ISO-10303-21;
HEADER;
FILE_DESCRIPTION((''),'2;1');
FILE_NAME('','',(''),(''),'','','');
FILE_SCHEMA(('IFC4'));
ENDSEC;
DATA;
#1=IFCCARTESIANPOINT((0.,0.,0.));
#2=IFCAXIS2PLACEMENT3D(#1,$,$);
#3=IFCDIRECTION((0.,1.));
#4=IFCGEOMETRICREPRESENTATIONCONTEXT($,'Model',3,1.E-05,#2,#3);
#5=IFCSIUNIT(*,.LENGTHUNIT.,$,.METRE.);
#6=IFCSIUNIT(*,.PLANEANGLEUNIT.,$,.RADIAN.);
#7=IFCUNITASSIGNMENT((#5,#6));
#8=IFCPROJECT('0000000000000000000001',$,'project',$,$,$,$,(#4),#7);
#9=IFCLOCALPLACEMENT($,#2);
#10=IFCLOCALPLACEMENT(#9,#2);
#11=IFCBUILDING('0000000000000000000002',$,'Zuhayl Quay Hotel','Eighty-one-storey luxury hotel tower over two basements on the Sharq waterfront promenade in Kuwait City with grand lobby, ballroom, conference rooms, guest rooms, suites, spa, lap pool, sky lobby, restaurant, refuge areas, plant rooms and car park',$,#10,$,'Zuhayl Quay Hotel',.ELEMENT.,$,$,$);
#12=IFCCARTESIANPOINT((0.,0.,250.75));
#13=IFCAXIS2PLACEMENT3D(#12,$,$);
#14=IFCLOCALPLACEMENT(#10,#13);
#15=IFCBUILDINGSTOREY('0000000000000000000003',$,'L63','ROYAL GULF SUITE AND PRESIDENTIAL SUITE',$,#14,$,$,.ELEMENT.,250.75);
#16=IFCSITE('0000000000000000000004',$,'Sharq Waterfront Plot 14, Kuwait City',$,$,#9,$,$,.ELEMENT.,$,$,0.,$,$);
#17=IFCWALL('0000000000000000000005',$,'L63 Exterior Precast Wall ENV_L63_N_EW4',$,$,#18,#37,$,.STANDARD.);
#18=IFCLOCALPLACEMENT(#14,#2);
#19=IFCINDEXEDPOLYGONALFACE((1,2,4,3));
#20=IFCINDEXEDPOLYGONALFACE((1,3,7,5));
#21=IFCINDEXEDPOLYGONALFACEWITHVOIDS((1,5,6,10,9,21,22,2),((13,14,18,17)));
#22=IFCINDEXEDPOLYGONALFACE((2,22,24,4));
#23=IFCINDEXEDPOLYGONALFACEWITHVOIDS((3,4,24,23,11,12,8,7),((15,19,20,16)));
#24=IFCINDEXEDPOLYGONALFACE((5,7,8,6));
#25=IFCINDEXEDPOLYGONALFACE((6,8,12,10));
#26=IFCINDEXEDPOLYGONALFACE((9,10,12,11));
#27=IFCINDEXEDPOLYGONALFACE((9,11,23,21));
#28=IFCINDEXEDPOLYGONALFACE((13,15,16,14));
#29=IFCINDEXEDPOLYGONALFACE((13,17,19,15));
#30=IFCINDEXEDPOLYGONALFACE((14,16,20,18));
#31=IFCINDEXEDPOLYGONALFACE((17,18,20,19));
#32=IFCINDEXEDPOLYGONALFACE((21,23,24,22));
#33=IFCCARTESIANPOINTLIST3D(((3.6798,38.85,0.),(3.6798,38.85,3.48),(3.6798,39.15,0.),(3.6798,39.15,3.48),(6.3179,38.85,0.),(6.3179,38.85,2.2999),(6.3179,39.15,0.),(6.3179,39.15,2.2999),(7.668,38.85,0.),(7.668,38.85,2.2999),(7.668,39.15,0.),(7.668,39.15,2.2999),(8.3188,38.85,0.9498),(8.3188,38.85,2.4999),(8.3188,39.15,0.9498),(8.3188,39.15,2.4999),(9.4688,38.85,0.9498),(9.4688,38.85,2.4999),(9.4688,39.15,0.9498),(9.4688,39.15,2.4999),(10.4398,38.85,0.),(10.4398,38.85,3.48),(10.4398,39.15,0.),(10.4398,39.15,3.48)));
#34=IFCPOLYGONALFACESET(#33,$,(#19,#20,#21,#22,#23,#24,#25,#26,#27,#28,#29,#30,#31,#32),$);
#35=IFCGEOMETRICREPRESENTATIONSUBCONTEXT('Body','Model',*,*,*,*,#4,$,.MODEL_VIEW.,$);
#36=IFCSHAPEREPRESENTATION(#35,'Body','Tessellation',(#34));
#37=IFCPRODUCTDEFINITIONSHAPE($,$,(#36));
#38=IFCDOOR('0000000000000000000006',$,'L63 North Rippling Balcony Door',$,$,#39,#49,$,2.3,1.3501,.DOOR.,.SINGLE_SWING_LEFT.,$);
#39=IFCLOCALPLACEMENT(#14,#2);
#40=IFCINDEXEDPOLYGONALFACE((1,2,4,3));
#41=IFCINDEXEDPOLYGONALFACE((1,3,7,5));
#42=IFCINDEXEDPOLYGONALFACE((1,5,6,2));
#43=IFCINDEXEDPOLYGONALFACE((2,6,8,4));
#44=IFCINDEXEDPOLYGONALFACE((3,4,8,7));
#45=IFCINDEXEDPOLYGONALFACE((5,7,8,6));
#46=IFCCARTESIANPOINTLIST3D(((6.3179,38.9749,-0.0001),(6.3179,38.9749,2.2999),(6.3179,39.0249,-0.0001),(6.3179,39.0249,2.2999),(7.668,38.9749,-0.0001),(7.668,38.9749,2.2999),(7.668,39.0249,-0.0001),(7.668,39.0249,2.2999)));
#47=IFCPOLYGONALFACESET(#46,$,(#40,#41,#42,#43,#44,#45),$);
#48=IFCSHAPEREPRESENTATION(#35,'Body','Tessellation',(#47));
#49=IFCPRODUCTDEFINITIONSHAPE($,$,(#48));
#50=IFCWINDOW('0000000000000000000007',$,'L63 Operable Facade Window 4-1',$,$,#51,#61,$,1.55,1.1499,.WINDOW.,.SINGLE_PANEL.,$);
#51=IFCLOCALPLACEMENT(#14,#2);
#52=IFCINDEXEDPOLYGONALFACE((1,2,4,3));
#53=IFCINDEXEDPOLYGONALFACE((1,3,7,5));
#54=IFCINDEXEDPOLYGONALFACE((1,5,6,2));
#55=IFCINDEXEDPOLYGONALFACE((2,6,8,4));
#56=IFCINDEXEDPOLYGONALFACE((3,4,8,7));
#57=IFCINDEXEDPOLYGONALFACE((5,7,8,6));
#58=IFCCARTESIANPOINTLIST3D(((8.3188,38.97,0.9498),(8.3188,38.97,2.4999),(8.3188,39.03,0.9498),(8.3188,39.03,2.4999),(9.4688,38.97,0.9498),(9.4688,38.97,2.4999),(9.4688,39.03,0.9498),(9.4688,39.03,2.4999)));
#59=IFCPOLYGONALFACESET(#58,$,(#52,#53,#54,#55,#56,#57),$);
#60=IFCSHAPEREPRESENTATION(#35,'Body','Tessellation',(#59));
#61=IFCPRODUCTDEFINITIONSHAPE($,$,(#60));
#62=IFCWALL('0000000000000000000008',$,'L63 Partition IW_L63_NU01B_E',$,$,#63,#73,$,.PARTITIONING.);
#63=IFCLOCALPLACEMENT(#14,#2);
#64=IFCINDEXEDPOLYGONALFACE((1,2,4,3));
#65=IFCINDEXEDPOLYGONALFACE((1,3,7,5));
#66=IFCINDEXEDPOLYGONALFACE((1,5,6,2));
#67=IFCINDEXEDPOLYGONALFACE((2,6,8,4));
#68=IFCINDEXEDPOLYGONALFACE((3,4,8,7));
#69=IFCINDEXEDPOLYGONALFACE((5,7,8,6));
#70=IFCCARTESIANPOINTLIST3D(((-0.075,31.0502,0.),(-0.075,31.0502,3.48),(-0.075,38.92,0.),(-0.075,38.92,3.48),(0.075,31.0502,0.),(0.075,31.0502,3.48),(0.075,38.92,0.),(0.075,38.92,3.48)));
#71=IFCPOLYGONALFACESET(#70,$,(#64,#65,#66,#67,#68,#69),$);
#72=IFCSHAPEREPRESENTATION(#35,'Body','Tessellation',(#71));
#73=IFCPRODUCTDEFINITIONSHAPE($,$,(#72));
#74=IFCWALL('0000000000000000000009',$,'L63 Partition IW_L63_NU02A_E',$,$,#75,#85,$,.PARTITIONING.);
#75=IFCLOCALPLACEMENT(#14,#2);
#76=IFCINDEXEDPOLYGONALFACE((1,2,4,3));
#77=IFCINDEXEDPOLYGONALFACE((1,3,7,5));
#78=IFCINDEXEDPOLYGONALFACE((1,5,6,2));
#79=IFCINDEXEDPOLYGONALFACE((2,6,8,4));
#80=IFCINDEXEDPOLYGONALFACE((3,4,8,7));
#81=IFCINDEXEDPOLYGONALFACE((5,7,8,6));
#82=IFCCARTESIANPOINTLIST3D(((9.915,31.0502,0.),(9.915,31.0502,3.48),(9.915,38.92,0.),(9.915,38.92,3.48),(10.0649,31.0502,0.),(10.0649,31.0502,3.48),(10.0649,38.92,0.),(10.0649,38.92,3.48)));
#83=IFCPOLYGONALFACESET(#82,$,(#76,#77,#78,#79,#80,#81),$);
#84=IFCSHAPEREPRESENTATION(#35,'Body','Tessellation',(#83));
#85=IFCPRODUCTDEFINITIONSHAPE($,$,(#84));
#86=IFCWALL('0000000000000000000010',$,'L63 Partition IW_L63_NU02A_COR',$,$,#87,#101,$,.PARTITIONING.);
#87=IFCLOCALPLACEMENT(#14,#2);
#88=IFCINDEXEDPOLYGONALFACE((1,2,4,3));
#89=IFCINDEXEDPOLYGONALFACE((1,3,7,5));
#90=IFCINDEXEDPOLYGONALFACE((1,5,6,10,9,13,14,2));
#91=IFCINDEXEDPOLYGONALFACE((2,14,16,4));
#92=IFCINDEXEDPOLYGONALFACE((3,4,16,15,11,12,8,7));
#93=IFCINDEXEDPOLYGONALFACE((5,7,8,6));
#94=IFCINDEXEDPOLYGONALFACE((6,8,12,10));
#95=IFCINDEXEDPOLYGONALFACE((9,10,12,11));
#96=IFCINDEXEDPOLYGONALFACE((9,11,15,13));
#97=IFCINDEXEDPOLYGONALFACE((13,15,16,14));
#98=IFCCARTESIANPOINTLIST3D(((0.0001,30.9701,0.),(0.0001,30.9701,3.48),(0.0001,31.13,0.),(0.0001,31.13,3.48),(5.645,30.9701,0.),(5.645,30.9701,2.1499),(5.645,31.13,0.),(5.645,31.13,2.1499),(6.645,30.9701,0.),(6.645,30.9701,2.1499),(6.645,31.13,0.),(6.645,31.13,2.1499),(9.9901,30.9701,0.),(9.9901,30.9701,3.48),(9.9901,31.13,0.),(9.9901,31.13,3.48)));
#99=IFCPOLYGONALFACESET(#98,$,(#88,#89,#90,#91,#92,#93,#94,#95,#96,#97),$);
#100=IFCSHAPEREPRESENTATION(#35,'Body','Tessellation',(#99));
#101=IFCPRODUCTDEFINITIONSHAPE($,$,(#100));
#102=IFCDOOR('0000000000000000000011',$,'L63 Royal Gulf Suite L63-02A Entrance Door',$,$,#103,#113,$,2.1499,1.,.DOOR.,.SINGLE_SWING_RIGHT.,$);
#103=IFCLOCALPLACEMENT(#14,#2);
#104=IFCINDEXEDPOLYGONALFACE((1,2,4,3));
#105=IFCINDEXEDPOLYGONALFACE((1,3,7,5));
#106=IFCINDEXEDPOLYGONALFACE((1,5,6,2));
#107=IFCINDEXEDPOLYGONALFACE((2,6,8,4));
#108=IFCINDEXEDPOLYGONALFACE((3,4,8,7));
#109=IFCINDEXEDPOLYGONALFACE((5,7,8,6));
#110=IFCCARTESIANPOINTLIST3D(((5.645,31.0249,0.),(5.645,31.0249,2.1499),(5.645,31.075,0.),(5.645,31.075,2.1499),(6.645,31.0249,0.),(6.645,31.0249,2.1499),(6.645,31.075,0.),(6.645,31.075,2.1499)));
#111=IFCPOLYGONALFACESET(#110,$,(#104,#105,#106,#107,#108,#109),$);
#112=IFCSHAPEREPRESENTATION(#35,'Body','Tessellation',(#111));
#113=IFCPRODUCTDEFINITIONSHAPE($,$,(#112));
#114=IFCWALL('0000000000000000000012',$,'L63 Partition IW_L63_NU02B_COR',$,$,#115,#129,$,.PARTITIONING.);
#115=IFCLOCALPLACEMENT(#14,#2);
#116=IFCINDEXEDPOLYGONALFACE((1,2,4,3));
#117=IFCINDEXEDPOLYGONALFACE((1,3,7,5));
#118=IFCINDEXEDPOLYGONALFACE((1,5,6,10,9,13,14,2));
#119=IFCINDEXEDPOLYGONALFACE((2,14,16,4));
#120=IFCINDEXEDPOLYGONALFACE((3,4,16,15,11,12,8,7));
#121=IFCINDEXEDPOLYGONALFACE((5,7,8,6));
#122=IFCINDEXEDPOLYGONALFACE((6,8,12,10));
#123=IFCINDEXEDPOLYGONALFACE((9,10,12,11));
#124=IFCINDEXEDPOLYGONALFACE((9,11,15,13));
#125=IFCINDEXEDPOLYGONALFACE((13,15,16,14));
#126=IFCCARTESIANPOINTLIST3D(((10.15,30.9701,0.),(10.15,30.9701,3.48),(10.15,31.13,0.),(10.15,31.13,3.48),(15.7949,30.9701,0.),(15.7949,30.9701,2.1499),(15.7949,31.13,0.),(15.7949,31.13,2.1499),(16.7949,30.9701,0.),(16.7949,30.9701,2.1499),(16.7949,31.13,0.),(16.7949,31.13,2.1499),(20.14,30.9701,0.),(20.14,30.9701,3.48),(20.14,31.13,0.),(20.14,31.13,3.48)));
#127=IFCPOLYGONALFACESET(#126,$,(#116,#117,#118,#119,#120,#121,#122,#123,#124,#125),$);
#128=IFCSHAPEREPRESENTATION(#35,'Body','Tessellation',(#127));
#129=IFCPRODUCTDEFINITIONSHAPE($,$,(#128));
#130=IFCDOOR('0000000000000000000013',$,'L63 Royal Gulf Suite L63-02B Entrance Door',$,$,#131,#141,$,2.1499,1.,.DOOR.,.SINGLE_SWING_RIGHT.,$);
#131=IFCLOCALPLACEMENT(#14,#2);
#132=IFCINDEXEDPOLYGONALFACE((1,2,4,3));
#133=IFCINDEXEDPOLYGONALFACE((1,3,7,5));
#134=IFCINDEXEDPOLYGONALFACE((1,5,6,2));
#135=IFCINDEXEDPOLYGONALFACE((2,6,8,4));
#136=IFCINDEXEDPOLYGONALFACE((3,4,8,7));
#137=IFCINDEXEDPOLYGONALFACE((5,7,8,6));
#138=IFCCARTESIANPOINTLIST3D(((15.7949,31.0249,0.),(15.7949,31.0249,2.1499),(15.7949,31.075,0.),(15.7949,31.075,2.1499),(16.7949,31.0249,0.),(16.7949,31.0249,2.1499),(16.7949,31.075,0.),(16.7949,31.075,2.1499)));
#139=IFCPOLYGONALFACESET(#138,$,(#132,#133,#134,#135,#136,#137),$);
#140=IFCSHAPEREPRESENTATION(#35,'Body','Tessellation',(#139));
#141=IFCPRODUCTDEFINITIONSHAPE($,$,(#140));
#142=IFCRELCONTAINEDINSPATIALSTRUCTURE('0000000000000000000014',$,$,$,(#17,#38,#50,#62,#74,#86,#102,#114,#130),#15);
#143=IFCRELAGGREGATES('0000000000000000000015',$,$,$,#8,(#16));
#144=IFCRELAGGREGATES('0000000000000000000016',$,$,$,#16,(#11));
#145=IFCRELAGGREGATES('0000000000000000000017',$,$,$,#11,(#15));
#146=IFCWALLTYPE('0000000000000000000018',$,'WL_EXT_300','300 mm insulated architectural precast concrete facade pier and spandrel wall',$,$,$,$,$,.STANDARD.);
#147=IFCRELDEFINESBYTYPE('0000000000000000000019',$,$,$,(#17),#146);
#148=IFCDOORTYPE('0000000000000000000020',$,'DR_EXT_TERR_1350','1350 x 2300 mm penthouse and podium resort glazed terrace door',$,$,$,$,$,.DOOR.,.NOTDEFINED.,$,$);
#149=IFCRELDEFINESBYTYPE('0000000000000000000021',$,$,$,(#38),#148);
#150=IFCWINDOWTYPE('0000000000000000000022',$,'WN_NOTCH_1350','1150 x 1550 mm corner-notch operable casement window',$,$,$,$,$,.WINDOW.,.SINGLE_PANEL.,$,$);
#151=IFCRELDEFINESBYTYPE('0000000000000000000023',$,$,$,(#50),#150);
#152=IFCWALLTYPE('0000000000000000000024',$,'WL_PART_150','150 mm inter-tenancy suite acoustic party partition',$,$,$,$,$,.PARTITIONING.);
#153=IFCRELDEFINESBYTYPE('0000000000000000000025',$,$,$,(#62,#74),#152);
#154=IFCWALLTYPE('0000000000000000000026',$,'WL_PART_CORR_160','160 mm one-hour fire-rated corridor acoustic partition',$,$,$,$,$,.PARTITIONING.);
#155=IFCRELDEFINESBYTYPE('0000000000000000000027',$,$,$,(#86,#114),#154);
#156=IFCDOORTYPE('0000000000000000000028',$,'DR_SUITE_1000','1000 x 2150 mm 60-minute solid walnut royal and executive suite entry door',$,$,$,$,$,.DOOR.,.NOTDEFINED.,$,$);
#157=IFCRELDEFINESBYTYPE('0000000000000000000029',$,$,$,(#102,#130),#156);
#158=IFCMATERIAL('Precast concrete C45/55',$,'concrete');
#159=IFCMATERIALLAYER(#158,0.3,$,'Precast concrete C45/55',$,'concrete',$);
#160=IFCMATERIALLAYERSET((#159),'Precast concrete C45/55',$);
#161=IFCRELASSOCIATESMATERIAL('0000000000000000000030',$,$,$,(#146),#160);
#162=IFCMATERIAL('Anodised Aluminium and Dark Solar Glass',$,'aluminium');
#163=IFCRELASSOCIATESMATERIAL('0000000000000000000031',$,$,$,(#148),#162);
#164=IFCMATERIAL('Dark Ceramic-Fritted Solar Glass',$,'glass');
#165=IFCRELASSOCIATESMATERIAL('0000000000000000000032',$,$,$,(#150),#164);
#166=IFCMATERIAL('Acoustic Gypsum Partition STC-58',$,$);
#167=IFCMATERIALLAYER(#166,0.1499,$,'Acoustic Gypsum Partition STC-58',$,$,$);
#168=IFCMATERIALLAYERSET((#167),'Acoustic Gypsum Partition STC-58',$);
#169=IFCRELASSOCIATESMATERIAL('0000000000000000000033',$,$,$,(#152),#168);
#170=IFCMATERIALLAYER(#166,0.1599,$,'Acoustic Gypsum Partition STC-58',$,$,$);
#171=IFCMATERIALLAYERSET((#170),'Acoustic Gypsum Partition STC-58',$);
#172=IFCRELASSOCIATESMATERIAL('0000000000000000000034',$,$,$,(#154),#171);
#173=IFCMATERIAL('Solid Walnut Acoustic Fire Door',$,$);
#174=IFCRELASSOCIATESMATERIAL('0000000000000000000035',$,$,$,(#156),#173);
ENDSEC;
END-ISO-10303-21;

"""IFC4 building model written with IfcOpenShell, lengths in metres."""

from ifc_helpers import new_model, si_unit, direction, frame, frame_2d, origin, place, context, subcontext, project, spatial, rectangle, extrude, material, layer, layer_set, type_object, element, fill, save


model = new_model("IFC4")

# Units and contexts
model_context = context("Model", 3, precision=1e-05, world=origin(), true_north=direction((0.0, 1.0)))
body_context = subcontext(model_context, "Body", "Model", "MODEL_VIEW")
ifc_project = project(units=[si_unit("LENGTHUNIT", "METRE"), si_unit("PLANEANGLEUNIT", "RADIAN")], contexts=[model_context])

# Site, building, storey
site_placement = place(None, origin())
site = spatial("IfcSite", under=ifc_project, at=site_placement, Name="Sharq Waterfront Plot 14, Kuwait City", CompositionType="ELEMENT", RefElevation=0.0)
building_placement = place(site_placement, origin())
building = spatial("IfcBuilding", under=site, at=building_placement, Name="Zuhayl Quay Hotel", Description="Eighty-one-storey luxury hotel tower over two basements on the Sharq waterfront promenade in Kuwait City with grand lobby, ballroom, conference rooms, guest rooms, suites, spa, lap pool, sky lobby, restaurant, refuge areas, plant rooms and car park", LongName="Zuhayl Quay Hotel", CompositionType="ELEMENT")
storey_placement = place(building_placement, frame((0.0, 0.0, 250.75)))
storey = spatial("IfcBuildingStorey", under=building, at=storey_placement, Name="L63", Description="ROYAL GULF SUITE AND PRESIDENTIAL SUITE", CompositionType="ELEMENT", Elevation=250.75)

# Shared definitions
ifc_material_1 = material(Name="Dark Ceramic-Fritted Solar Glass", Category="glass")

# Wall, openings, door, window
ifc_material_2 = material(Name="Precast concrete C45/55", Category="concrete")
ifc_layer_1 = layer(ifc_material_2, 0.3, Name="Precast concrete C45/55", Category="concrete")
ifc_layer_set_1 = layer_set([ifc_layer_1], Name="Precast concrete C45/55")
wall_type_1 = type_object("IfcWallType", Name="WL_EXT_300", Description="300 mm insulated architectural precast concrete facade pier and spandrel wall", PredefinedType="STANDARD", material=ifc_layer_set_1)
wall_1_placement = place(storey_placement, frame((3.6799, 39.0, 0.0), z_axis=(0.0, 0.0, 1.0), x_axis=(1.0, 0.0, 0.0)))
wall_1 = element("IfcWall", 1, at=wall_1_placement, inside=storey, type_object=wall_type_1, Name="L63 Exterior Precast Wall ENV_L63_N_EW4", PredefinedType="STANDARD", context=body_context, shape_type="SweptSolid", body=[
    extrude(rectangle(XDim=6.76, YDim=0.3, at=frame_2d((3.3799, 0.0))), origin(), (0.0, 0.0, 1.0), 3.48),
])
opening_1_placement = place(wall_1_placement, frame((2.6379, 0.0, 0.0)))
opening_1 = element("IfcOpeningElement", 2, at=opening_1_placement, cuts=wall_1, PredefinedType="OPENING", context=body_context, shape_type="SweptSolid", body=[
    extrude(rectangle(XDim=1.3501, YDim=2.3, at=frame_2d((0.675, 1.1499))), frame((0.0, 0.1599, 0.0), z_axis=(0.0, -1.0, 0.0), x_axis=(1.0, 0.0, 0.0)), (0.0, 0.0, 1.0), 0.3201),
])
opening_2_placement = place(wall_1_placement, frame((4.6389, 0.0, 0.95)))
opening_2 = element("IfcOpeningElement", 3, at=opening_2_placement, cuts=wall_1, PredefinedType="OPENING", context=body_context, shape_type="SweptSolid", body=[
    extrude(rectangle(XDim=1.1499, YDim=1.55, at=frame_2d((0.575, 0.7749))), frame((0.0, 0.1599, 0.0), z_axis=(0.0, -1.0, 0.0), x_axis=(1.0, 0.0, 0.0)), (0.0, 0.0, 1.0), 0.3201),
])
ifc_material_3 = material(Name="Anodised Aluminium and Dark Solar Glass", Category="aluminium")
door_type_1 = type_object("IfcDoorType", Name="DR_EXT_TERR_1350", Description="1350 x 2300 mm penthouse and podium resort glazed terrace door", OperationType="NOTDEFINED", PredefinedType="DOOR", material=ifc_material_3)
door_1_placement = place(opening_1_placement, origin())
door_1 = element("IfcDoor", 4, at=door_1_placement, inside=storey, type_object=door_type_1, Name="L63 North Rippling Balcony Door", OperationType="SINGLE_SWING_LEFT", OverallHeight=2.3, OverallWidth=1.3501, PredefinedType="DOOR", context=body_context, shape_type="SweptSolid", body=[
    extrude(rectangle(XDim=1.3501, YDim=2.3, at=frame_2d((0.675, 1.1499))), frame((0.0, 0.0249, 0.0), z_axis=(0.0, -1.0, 0.0), x_axis=(1.0, 0.0, 0.0)), (0.0, 0.0, 1.0), 0.05),
])
fill(opening_1, door_1)
window_type = type_object("IfcWindowType", Name="WN_NOTCH_1350", Description="1150 x 1550 mm corner-notch operable casement window", PartitioningType="SINGLE_PANEL", PredefinedType="WINDOW", material=ifc_material_1)
window_placement = place(opening_2_placement, origin())
window = element("IfcWindow", 5, at=window_placement, inside=storey, type_object=window_type, Name="L63 Operable Facade Window 4-1", OverallHeight=1.55, OverallWidth=1.1499, PartitioningType="SINGLE_PANEL", PredefinedType="WINDOW", context=body_context, shape_type="SweptSolid", body=[
    extrude(rectangle(XDim=1.1499, YDim=1.55, at=frame_2d((0.575, 0.7749))), frame((0.0, 0.03, 0.0), z_axis=(0.0, -1.0, 0.0), x_axis=(1.0, 0.0, 0.0)), (0.0, 0.0, 1.0), 0.0601),
])
fill(opening_2, window)

# Walls
ifc_material_4 = material(Name="Acoustic Gypsum Partition STC-58")
ifc_layer_2 = layer(ifc_material_4, 0.1499, Name="Acoustic Gypsum Partition STC-58")
ifc_layer_set_2 = layer_set([ifc_layer_2], Name="Acoustic Gypsum Partition STC-58")
wall_type_2 = type_object("IfcWallType", Name="WL_PART_150", Description="150 mm inter-tenancy suite acoustic party partition", PredefinedType="PARTITIONING", material=ifc_layer_set_2)
for number, where, z_axis, x_axis, name in (
    (6, (0.0, 31.05, 0.0), (0.0, 0.0, 1.0), (0.0, 1.0, 0.0), "L63 Partition IW_L63_NU01B_E"),
    (7, (9.99, 31.05, 0.0), (0.0, 0.0, 1.0), (0.0, 1.0, 0.0), "L63 Partition IW_L63_NU02A_E"),
):
    element("IfcWall", number, at=place(storey_placement, frame(where, z_axis=z_axis, x_axis=x_axis)), inside=storey, type_object=wall_type_2, Name=name, PredefinedType="PARTITIONING", context=body_context, shape_type="SweptSolid", body=[
        extrude(rectangle(XDim=7.8699, YDim=0.1499, at=frame_2d((3.9351, 0.0))), origin(), (0.0, 0.0, 1.0), 3.48),
    ])

# Walls, openings, doors
ifc_layer_3 = layer(ifc_material_4, 0.1599, Name="Acoustic Gypsum Partition STC-58")
ifc_layer_set_3 = layer_set([ifc_layer_3], Name="Acoustic Gypsum Partition STC-58")
wall_type_3 = type_object("IfcWallType", Name="WL_PART_CORR_160", Description="160 mm one-hour fire-rated corridor acoustic partition", PredefinedType="PARTITIONING", material=ifc_layer_set_3)
wall_2_placement = place(storey_placement, frame((0.0, 31.05, 0.0), z_axis=(0.0, 0.0, 1.0), x_axis=(1.0, 0.0, 0.0)))
wall_2 = element("IfcWall", 8, at=wall_2_placement, inside=storey, type_object=wall_type_3, Name="L63 Partition IW_L63_NU02A_COR", PredefinedType="PARTITIONING", context=body_context, shape_type="SweptSolid", body=[
    extrude(rectangle(XDim=9.99, YDim=0.1599, at=frame_2d((4.9951, 0.0))), origin(), (0.0, 0.0, 1.0), 3.48),
])
opening_3_placement = place(wall_2_placement, frame((5.645, 0.0, 0.0)))
opening_3 = element("IfcOpeningElement", 9, at=opening_3_placement, cuts=wall_2, PredefinedType="OPENING", context=body_context, shape_type="SweptSolid", body=[
    extrude(rectangle(XDim=1.0, YDim=2.1499, at=frame_2d((0.5, 1.075))), frame((0.0, 0.0898, 0.0), z_axis=(0.0, -1.0, 0.0), x_axis=(1.0, 0.0, 0.0)), (0.0, 0.0, 1.0), 0.1799),
])
ifc_material_5 = material(Name="Solid Walnut Acoustic Fire Door")
door_type_2 = type_object("IfcDoorType", Name="DR_SUITE_1000", Description="1000 x 2150 mm 60-minute solid walnut royal and executive suite entry door", OperationType="NOTDEFINED", PredefinedType="DOOR", material=ifc_material_5)
door_2_placement = place(opening_3_placement, origin())
door_2 = element("IfcDoor", 10, at=door_2_placement, inside=storey, type_object=door_type_2, Name="L63 Royal Gulf Suite L63-02A Entrance Door", OperationType="SINGLE_SWING_RIGHT", OverallHeight=2.1499, OverallWidth=1.0, PredefinedType="DOOR", context=body_context, shape_type="SweptSolid", body=[
    extrude(rectangle(XDim=1.0, YDim=2.1499, at=frame_2d((0.5, 1.075))), frame((0.0, 0.0249, 0.0), z_axis=(0.0, -1.0, 0.0), x_axis=(1.0, 0.0, 0.0)), (0.0, 0.0, 1.0), 0.05),
])
fill(opening_3, door_2)
wall_3_placement = place(storey_placement, frame((10.1499, 31.05, 0.0), z_axis=(0.0, 0.0, 1.0), x_axis=(1.0, 0.0, 0.0)))
wall_3 = element("IfcWall", 11, at=wall_3_placement, inside=storey, type_object=wall_type_3, Name="L63 Partition IW_L63_NU02B_COR", PredefinedType="PARTITIONING", context=body_context, shape_type="SweptSolid", body=[
    extrude(rectangle(XDim=9.99, YDim=0.1599, at=frame_2d((4.9951, 0.0))), origin(), (0.0, 0.0, 1.0), 3.48),
])
opening_4_placement = place(wall_3_placement, frame((5.645, 0.0, 0.0)))
opening_4 = element("IfcOpeningElement", 12, at=opening_4_placement, cuts=wall_3, PredefinedType="OPENING", context=body_context, shape_type="SweptSolid", body=[
    extrude(rectangle(XDim=1.0, YDim=2.1499, at=frame_2d((0.5, 1.075))), frame((0.0, 0.0898, 0.0), z_axis=(0.0, -1.0, 0.0), x_axis=(1.0, 0.0, 0.0)), (0.0, 0.0, 1.0), 0.1799),
])
door_3_placement = place(opening_4_placement, origin())
door_3 = element("IfcDoor", 13, at=door_3_placement, inside=storey, type_object=door_type_2, Name="L63 Royal Gulf Suite L63-02B Entrance Door", OperationType="SINGLE_SWING_RIGHT", OverallHeight=2.1499, OverallWidth=1.0, PredefinedType="DOOR", context=body_context, shape_type="SweptSolid", body=[
    extrude(rectangle(XDim=1.0, YDim=2.1499, at=frame_2d((0.5, 1.075))), frame((0.0, 0.0249, 0.0), z_axis=(0.0, -1.0, 0.0), x_axis=(1.0, 0.0, 0.0)), (0.0, 0.0, 1.0), 0.05),
])
fill(opening_4, door_3)

save(model, "model.ifc")
